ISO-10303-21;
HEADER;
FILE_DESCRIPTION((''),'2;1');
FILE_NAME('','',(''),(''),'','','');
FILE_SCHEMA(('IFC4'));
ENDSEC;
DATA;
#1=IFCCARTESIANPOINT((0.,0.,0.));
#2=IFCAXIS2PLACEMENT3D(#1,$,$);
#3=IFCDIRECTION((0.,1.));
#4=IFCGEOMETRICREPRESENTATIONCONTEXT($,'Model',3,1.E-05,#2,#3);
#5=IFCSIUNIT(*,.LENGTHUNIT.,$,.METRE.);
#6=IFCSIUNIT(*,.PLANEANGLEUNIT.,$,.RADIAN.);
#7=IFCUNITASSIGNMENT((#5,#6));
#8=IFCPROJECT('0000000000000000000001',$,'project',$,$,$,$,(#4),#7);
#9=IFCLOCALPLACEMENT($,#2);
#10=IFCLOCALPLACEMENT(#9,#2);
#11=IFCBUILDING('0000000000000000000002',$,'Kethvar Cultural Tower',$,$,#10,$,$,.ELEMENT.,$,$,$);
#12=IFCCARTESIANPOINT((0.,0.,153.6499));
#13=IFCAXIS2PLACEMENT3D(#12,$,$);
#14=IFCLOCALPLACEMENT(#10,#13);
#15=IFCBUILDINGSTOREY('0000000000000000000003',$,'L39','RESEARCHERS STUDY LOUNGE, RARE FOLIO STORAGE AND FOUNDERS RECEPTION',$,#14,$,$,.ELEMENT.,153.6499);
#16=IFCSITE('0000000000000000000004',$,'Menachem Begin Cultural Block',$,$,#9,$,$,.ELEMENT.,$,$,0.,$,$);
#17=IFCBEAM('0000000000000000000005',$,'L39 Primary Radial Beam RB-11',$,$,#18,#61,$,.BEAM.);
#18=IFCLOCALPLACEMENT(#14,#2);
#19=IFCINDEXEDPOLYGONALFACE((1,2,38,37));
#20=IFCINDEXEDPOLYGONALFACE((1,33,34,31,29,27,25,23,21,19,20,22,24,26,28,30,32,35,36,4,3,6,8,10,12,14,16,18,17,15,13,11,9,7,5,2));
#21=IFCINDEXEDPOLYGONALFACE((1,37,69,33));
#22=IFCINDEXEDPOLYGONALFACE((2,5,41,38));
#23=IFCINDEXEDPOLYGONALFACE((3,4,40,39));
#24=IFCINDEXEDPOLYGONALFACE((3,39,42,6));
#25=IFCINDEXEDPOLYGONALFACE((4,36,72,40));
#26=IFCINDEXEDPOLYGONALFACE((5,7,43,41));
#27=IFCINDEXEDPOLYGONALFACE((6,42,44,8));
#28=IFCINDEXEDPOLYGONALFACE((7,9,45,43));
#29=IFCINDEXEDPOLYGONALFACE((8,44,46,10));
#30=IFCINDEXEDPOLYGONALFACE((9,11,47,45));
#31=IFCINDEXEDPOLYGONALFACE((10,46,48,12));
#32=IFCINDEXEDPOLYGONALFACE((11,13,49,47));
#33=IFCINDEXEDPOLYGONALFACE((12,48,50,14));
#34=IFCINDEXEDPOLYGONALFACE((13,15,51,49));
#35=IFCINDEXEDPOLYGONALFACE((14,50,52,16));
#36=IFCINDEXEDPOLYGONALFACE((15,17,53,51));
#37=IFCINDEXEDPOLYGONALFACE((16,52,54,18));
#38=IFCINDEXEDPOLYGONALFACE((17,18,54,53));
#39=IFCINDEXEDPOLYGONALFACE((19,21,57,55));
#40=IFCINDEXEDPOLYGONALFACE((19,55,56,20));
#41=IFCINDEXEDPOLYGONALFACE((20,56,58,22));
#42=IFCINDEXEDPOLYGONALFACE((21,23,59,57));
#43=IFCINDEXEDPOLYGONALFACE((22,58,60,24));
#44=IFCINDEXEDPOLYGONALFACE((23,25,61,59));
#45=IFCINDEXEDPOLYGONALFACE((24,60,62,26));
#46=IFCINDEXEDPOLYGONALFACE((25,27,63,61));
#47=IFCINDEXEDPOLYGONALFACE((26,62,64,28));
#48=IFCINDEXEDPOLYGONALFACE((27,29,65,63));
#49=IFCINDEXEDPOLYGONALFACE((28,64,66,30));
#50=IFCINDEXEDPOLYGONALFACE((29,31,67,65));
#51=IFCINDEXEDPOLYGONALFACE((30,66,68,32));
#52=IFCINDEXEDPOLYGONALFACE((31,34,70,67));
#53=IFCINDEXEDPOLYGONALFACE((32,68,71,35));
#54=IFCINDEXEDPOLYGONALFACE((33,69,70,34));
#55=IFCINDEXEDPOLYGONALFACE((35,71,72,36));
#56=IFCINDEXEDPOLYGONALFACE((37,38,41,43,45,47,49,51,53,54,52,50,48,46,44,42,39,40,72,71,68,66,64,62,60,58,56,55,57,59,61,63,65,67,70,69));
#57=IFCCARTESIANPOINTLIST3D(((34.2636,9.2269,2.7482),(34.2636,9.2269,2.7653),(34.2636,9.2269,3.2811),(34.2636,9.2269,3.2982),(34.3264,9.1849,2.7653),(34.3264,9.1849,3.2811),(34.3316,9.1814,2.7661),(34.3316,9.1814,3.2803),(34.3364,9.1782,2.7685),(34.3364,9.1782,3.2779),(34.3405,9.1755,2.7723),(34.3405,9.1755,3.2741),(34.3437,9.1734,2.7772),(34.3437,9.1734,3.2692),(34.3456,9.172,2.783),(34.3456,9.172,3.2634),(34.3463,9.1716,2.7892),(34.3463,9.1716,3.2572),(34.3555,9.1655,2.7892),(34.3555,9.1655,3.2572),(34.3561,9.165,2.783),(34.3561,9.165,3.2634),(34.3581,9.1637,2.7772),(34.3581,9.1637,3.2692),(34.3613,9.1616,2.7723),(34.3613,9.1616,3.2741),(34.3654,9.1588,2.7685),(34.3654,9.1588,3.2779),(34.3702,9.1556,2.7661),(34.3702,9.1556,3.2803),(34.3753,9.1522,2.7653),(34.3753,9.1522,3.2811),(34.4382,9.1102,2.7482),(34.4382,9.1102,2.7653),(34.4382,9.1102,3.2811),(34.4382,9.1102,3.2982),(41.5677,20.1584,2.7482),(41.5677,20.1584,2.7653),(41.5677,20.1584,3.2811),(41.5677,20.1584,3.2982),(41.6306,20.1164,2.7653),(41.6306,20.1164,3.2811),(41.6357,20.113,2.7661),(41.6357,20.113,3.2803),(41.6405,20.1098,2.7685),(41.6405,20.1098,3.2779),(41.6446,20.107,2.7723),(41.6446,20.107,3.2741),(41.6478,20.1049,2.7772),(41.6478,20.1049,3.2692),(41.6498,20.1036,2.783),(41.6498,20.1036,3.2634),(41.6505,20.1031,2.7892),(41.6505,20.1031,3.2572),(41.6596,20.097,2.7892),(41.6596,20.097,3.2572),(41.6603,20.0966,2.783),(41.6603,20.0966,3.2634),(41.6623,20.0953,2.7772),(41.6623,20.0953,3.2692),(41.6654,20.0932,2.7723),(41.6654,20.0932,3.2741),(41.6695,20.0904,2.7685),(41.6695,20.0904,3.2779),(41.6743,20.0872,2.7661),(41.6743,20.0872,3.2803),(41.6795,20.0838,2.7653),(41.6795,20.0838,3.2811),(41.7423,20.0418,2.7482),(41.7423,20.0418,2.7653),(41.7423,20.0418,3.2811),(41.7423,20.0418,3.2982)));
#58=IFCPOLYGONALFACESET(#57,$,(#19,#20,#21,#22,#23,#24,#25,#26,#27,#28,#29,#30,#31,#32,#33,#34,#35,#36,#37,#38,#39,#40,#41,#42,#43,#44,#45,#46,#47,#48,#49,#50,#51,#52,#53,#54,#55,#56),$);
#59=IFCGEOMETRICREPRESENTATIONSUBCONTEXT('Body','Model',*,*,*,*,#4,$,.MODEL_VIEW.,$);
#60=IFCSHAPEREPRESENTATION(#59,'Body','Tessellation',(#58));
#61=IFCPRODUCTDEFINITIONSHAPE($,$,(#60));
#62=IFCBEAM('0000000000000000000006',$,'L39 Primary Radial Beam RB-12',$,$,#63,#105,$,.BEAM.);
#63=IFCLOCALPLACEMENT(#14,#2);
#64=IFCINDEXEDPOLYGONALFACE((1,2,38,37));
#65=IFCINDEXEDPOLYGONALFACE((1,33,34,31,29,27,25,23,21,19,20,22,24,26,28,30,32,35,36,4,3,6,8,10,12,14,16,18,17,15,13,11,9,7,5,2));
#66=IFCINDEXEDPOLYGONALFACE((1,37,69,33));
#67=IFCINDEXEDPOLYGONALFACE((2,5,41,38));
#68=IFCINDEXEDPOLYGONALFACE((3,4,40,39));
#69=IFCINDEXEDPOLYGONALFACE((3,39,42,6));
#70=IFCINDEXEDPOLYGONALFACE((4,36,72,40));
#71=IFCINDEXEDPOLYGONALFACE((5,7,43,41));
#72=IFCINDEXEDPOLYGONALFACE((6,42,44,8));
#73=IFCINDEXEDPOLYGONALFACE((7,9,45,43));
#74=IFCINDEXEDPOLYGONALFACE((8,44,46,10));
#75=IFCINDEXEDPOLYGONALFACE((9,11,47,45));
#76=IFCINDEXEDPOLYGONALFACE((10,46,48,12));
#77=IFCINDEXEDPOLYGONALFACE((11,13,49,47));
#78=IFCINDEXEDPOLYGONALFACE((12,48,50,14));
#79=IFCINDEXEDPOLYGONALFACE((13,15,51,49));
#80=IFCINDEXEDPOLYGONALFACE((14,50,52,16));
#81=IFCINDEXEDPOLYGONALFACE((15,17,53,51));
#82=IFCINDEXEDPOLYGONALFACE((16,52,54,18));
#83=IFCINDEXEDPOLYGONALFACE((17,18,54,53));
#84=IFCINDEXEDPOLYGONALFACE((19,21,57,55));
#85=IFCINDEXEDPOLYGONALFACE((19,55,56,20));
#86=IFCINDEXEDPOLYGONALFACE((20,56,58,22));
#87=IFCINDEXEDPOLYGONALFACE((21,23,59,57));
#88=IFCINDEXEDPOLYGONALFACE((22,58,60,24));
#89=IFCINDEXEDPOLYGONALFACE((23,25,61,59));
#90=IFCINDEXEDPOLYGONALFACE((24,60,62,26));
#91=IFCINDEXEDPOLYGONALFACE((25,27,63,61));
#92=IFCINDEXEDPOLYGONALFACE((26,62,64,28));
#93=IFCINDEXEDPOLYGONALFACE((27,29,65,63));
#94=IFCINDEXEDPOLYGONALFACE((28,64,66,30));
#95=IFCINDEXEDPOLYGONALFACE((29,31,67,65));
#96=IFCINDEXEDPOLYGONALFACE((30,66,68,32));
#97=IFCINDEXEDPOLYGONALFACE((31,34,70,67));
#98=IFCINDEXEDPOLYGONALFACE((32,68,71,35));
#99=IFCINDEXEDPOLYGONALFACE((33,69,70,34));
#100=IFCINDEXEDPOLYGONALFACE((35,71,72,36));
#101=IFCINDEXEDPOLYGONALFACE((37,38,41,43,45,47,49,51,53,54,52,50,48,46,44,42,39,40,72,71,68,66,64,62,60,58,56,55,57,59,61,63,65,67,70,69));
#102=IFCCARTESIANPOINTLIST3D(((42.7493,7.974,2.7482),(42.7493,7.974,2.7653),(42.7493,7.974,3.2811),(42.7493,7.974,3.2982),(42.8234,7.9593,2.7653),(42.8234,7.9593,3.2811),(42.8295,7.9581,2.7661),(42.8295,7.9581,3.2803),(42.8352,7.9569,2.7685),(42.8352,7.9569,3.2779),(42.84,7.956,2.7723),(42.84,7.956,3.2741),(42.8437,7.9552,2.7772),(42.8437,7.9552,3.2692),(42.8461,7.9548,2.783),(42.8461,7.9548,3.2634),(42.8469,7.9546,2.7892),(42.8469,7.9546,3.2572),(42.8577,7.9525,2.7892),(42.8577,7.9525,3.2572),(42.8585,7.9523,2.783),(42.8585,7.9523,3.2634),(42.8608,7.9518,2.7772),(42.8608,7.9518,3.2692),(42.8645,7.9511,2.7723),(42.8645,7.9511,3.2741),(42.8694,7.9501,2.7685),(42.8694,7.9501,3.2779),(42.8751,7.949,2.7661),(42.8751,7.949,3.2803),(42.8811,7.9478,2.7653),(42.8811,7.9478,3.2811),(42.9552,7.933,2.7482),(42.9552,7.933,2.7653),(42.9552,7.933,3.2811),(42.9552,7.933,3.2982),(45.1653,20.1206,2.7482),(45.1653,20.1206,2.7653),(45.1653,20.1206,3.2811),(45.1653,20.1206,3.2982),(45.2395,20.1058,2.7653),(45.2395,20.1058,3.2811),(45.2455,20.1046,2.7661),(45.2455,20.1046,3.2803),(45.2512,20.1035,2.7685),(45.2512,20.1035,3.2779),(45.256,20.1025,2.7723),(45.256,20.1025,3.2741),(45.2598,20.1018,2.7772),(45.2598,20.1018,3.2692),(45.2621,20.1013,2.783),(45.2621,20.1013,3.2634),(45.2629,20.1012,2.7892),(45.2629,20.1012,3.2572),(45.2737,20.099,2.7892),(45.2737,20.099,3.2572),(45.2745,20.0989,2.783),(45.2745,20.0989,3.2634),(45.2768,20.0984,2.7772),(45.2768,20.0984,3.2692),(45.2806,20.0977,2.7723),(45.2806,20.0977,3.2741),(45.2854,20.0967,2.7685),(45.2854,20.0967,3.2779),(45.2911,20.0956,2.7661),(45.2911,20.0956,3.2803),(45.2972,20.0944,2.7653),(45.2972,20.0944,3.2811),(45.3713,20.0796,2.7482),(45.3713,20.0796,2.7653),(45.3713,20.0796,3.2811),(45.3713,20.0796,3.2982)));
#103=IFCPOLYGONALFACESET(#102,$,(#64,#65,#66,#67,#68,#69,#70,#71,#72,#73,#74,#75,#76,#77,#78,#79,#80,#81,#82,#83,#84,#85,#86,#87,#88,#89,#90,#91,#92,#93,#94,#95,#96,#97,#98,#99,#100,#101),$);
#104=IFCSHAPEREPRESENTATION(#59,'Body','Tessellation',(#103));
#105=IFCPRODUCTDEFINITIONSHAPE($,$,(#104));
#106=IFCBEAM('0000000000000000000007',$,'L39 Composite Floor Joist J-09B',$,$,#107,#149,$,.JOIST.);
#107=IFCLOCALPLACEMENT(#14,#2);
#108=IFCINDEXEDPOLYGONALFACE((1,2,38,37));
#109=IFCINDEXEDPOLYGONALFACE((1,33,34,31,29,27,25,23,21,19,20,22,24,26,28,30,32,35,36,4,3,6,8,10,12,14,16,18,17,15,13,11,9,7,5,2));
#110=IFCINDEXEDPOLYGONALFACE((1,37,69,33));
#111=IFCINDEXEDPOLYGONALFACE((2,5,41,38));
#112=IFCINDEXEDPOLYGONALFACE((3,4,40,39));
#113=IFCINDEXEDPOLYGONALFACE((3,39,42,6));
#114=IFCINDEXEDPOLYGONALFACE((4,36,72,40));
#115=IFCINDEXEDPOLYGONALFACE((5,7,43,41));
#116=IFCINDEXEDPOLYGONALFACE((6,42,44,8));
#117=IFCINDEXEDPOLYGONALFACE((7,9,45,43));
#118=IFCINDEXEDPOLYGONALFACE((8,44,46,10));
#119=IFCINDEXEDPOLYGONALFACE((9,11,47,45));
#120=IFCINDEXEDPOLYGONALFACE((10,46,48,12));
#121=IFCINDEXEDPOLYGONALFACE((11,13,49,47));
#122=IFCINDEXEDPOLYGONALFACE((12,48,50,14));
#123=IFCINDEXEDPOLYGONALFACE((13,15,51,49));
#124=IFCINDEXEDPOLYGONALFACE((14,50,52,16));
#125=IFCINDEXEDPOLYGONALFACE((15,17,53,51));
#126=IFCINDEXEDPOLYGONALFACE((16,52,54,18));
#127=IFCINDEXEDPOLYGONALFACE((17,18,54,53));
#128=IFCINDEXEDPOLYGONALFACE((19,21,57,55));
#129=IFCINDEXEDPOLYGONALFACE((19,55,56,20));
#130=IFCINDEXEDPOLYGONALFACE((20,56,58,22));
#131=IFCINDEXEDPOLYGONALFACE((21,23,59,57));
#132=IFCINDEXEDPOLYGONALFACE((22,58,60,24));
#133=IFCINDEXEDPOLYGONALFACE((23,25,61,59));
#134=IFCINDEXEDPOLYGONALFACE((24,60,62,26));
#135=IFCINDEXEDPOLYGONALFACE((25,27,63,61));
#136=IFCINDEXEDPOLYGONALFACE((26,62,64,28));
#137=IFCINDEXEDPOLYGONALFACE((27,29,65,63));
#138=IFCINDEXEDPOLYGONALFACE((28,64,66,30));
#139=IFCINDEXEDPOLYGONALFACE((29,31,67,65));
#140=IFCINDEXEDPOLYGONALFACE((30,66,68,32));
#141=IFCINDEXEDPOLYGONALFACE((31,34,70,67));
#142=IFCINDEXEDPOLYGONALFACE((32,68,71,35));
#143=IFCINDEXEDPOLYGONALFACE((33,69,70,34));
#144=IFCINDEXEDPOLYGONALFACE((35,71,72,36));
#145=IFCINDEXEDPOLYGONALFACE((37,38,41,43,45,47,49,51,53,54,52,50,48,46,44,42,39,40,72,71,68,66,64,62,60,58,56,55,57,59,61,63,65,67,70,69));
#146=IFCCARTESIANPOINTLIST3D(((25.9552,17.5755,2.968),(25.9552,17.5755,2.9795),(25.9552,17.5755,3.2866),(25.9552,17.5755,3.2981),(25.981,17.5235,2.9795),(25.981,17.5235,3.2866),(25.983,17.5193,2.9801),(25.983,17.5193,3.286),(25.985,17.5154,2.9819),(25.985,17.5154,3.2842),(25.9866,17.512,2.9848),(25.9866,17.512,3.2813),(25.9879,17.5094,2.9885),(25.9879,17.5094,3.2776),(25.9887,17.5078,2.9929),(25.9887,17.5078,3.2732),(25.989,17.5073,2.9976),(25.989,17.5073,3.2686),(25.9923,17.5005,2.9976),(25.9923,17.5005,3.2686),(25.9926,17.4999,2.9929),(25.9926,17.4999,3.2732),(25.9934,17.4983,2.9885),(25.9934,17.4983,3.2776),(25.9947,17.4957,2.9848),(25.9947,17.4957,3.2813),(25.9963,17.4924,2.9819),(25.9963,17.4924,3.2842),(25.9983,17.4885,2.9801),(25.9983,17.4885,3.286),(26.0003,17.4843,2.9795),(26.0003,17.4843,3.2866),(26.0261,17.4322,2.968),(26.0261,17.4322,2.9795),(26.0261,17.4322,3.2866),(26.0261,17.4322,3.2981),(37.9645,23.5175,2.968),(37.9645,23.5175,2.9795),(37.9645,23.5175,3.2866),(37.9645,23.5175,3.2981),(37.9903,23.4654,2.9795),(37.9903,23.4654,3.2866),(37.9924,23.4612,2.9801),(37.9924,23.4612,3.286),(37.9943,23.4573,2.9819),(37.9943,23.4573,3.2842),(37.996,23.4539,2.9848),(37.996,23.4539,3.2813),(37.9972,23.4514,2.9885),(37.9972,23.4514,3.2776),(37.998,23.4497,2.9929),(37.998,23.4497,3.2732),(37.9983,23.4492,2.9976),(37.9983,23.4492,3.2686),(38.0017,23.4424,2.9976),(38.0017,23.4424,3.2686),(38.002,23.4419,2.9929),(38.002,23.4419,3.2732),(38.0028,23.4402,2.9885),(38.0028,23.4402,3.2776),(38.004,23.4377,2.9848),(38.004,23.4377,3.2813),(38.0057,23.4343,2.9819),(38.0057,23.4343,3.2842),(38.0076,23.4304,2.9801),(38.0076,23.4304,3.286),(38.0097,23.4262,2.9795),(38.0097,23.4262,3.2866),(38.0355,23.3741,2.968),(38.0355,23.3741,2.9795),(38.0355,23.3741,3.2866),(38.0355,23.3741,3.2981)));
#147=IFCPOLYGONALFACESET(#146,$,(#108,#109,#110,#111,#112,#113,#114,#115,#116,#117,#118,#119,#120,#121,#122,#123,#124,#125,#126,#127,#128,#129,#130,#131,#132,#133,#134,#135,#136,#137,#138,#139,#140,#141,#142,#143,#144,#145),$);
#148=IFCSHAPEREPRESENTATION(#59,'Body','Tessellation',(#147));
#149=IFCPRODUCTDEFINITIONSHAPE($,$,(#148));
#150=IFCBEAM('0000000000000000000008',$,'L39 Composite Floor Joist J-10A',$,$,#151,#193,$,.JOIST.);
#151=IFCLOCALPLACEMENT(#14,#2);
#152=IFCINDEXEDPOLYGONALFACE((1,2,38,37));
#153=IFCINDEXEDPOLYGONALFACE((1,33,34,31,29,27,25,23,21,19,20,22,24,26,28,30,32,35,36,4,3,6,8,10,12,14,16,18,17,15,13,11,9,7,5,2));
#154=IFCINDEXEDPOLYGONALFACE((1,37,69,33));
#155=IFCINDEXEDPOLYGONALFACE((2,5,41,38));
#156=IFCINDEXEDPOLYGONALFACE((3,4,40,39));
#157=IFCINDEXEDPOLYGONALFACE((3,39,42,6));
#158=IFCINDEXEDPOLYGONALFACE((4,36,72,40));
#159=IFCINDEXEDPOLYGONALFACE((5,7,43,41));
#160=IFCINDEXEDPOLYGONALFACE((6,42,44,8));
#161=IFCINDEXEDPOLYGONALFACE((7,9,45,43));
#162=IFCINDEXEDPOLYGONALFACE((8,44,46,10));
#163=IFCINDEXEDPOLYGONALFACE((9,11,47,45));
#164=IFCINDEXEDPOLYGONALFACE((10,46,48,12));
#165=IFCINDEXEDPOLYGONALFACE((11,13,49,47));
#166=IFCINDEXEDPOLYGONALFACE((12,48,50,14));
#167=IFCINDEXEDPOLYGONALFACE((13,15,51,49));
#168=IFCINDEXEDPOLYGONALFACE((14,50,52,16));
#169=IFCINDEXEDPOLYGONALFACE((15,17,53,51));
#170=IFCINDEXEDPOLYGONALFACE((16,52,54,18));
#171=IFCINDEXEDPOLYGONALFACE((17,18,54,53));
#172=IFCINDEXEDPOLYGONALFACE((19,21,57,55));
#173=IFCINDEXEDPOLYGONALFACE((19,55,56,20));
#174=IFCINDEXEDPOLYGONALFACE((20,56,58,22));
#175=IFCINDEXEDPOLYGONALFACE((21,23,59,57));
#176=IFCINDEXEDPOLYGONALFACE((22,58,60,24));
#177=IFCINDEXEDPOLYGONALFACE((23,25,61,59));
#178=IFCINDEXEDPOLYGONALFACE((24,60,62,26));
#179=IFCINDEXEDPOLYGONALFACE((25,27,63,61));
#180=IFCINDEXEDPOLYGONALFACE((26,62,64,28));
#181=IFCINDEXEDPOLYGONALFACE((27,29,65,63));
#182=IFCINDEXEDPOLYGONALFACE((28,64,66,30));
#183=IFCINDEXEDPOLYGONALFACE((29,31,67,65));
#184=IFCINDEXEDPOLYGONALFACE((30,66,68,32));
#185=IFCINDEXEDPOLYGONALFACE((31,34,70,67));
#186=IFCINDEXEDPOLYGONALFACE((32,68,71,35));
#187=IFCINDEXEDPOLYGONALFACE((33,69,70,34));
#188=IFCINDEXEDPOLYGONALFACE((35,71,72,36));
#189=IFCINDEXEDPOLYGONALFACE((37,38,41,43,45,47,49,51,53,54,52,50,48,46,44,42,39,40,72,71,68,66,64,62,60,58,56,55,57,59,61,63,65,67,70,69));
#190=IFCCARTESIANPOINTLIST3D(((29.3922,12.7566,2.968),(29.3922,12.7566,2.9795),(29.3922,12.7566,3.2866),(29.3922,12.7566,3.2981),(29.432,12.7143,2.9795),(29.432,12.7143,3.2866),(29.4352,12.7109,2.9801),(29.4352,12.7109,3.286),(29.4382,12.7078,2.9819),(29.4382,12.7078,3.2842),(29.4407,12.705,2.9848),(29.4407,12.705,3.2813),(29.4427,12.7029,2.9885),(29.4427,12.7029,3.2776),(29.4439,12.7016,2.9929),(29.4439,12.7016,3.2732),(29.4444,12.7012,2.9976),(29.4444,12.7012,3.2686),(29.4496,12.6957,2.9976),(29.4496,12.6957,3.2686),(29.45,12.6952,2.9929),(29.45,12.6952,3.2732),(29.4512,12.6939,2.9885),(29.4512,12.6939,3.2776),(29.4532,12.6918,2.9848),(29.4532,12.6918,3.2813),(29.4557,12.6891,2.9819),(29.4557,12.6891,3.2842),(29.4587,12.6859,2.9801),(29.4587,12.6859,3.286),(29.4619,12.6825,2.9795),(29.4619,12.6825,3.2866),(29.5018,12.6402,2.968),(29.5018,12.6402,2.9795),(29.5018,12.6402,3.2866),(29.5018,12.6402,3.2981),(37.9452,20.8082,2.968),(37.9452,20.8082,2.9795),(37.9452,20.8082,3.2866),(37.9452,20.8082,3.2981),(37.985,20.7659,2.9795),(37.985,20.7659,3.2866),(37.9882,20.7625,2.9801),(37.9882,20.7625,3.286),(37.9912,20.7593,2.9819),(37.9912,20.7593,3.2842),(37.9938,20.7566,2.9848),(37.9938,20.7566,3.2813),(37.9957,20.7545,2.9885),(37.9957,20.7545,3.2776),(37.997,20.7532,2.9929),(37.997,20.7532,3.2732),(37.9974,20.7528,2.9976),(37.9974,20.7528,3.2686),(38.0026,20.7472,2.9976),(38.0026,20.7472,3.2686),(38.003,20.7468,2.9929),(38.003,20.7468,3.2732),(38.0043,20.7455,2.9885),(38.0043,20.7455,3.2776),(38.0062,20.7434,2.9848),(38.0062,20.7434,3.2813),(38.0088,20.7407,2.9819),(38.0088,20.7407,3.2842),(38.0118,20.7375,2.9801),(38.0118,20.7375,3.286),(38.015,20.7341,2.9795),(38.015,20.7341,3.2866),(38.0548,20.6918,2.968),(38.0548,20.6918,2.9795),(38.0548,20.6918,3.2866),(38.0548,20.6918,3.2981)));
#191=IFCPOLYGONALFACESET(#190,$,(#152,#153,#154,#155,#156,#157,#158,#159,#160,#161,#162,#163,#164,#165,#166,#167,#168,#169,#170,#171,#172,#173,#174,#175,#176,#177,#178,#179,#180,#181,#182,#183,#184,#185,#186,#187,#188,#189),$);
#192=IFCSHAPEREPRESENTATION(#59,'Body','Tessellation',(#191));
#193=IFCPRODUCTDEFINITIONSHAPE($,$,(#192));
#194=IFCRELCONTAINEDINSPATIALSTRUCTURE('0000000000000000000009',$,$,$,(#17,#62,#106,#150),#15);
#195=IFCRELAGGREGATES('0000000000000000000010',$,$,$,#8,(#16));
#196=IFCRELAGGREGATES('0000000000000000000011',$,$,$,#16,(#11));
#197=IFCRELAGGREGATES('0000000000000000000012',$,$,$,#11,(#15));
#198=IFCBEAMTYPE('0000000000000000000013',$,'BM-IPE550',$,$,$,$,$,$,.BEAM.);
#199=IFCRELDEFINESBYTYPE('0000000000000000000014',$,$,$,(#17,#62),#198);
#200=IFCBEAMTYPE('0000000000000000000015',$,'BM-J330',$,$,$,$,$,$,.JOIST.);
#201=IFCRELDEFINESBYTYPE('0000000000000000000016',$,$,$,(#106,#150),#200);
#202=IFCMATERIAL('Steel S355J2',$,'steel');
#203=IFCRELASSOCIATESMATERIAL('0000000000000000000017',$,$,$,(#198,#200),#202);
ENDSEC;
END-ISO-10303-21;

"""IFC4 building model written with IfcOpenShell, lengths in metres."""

from ifc_helpers import new_model, si_unit, direction, frame, origin, origin_2d, place, context, subcontext, project, spatial, i_section, extrude, source, transform, mapped, material, material_profile, profile_set, type_object, element, save


model = new_model("IFC4")

# Units and contexts
model_context = context("Model", 3, precision=1e-05, world=origin(), true_north=direction((0.0, 1.0)))
body_context = subcontext(model_context, "Body", "Model", "MODEL_VIEW")
ifc_project = project(units=[si_unit("LENGTHUNIT", "METRE"), si_unit("PLANEANGLEUNIT", "RADIAN")], contexts=[model_context])

# Site, building, storey
site_placement = place(None, origin())
site = spatial("IfcSite", under=ifc_project, at=site_placement, Name="Menachem Begin Cultural Block", CompositionType="ELEMENT", RefElevation=0.0)
building_placement = place(site_placement, origin())
building = spatial("IfcBuilding", under=site, at=building_placement, Name="Kethvar Cultural Tower", CompositionType="ELEMENT")
storey_placement = place(building_placement, frame((0.0, 0.0, 153.6499)))
storey = spatial("IfcBuildingStorey", under=building, at=storey_placement, Name="L39", Description="RESEARCHERS STUDY LOUNGE, RARE FOLIO STORAGE AND FOUNDERS RECEPTION", CompositionType="ELEMENT", Elevation=153.6499)

# Beams
ifc_material_1 = material(Name="Steel S355J2", Category="steel")
ifc_material_profile_1 = material_profile(ifc_material_1, i_section(OverallWidth=0.21, OverallDepth=0.55, WebThickness=0.011, FlangeThickness=0.0171, FilletRadius=0.0239, at=origin_2d()), Name="Steel S355J2 — IPE550")
ifc_profile_set_1 = profile_set([ifc_material_profile_1], Name="Steel S355J2 — IPE550")
beam_type_1 = type_object("IfcBeamType", Name="BM-IPE550", PredefinedType="BEAM", material=ifc_profile_set_1)
shared_shape_1 = source(origin(), body_context, "Body", "SweptSolid", [
    extrude(i_section(OverallWidth=0.21, OverallDepth=0.55, WebThickness=0.011, FlangeThickness=0.0171, FilletRadius=0.0239, at=origin_2d()), origin(), (0.0, 0.0, 1.0), 13.1472),
])
beam_1_placement = place(storey_placement, frame((41.655, 20.1001, 3.0232), z_axis=(-0.555566, -0.831473, 0.0), x_axis=(0.831473, -0.555566, 0.0)))
element("IfcBeam", 1, at=beam_1_placement, inside=storey, type_object=beam_type_1, Name="L39 Primary Radial Beam RB-11", PredefinedType="BEAM", context=body_context, shape_type="MappedRepresentation", body=[
    mapped(shared_shape_1, transform((0.0, 0.0, 0.0), scale=1.0)),
])
shared_shape_2 = source(origin(), body_context, "Body", "SweptSolid", [
    extrude(i_section(OverallWidth=0.21, OverallDepth=0.55, WebThickness=0.011, FlangeThickness=0.0171, FilletRadius=0.0239, at=origin_2d()), origin(), (0.0, 0.0, 1.0), 12.3845),
])
beam_2_placement = place(storey_placement, frame((45.2683, 20.1001, 3.0232), z_axis=(-0.195085, -0.980786, 0.0), x_axis=(0.980786, -0.195085, 0.0)))
element("IfcBeam", 2, at=beam_2_placement, inside=storey, type_object=beam_type_1, Name="L39 Primary Radial Beam RB-12", PredefinedType="BEAM", context=body_context, shape_type="MappedRepresentation", body=[
    mapped(shared_shape_2, transform((0.0, 0.0, 0.0), scale=1.0)),
])
ifc_material_profile_2 = material_profile(ifc_material_1, i_section(OverallWidth=0.1599, OverallDepth=0.3301, WebThickness=0.0076, FlangeThickness=0.0115, FilletRadius=0.0181, at=origin_2d()), Name="Steel S355J2 — IPE330")
ifc_profile_set_2 = profile_set([ifc_material_profile_2], Name="Steel S355J2 — IPE330")
beam_type_2 = type_object("IfcBeamType", Name="BM-J330", PredefinedType="JOIST", material=ifc_profile_set_2)
shared_shape_3 = source(origin(), body_context, "Body", "SweptSolid", [
    extrude(i_section(OverallWidth=0.1599, OverallDepth=0.3301, WebThickness=0.0076, FlangeThickness=0.0115, FilletRadius=0.0181, at=origin_2d()), origin(), (0.0, 0.0, 1.0), 13.3989),
])
beam_3_placement = place(storey_placement, frame((38.0, 23.4458, 3.1331), z_axis=(-0.896292, -0.443463, 0.0), x_axis=(0.443463, -0.896292, 0.0)))
element("IfcBeam", 3, at=beam_3_placement, inside=storey, type_object=beam_type_2, Name="L39 Composite Floor Joist J-09B", PredefinedType="JOIST", context=body_context, shape_type="MappedRepresentation", body=[
    mapped(shared_shape_3, transform((0.0, 0.0, 0.0), scale=1.0)),
])
shared_shape_4 = source(origin(), body_context, "Body", "SweptSolid", [
    extrude(i_section(OverallWidth=0.1599, OverallDepth=0.3301, WebThickness=0.0076, FlangeThickness=0.0115, FilletRadius=0.0181, at=origin_2d()), origin(), (0.0, 0.0, 1.0), 11.7466),
])
beam_4_placement = place(storey_placement, frame((38.0, 20.75, 3.1331), z_axis=(-0.72813, -0.685439, 0.0), x_axis=(0.685439, -0.72813, 0.0)))
element("IfcBeam", 4, at=beam_4_placement, inside=storey, type_object=beam_type_2, Name="L39 Composite Floor Joist J-10A", PredefinedType="JOIST", context=body_context, shape_type="MappedRepresentation", body=[
    mapped(shared_shape_4, transform((0.0, 0.0, 0.0), scale=1.0)),
])

save(model, "model.ifc")
